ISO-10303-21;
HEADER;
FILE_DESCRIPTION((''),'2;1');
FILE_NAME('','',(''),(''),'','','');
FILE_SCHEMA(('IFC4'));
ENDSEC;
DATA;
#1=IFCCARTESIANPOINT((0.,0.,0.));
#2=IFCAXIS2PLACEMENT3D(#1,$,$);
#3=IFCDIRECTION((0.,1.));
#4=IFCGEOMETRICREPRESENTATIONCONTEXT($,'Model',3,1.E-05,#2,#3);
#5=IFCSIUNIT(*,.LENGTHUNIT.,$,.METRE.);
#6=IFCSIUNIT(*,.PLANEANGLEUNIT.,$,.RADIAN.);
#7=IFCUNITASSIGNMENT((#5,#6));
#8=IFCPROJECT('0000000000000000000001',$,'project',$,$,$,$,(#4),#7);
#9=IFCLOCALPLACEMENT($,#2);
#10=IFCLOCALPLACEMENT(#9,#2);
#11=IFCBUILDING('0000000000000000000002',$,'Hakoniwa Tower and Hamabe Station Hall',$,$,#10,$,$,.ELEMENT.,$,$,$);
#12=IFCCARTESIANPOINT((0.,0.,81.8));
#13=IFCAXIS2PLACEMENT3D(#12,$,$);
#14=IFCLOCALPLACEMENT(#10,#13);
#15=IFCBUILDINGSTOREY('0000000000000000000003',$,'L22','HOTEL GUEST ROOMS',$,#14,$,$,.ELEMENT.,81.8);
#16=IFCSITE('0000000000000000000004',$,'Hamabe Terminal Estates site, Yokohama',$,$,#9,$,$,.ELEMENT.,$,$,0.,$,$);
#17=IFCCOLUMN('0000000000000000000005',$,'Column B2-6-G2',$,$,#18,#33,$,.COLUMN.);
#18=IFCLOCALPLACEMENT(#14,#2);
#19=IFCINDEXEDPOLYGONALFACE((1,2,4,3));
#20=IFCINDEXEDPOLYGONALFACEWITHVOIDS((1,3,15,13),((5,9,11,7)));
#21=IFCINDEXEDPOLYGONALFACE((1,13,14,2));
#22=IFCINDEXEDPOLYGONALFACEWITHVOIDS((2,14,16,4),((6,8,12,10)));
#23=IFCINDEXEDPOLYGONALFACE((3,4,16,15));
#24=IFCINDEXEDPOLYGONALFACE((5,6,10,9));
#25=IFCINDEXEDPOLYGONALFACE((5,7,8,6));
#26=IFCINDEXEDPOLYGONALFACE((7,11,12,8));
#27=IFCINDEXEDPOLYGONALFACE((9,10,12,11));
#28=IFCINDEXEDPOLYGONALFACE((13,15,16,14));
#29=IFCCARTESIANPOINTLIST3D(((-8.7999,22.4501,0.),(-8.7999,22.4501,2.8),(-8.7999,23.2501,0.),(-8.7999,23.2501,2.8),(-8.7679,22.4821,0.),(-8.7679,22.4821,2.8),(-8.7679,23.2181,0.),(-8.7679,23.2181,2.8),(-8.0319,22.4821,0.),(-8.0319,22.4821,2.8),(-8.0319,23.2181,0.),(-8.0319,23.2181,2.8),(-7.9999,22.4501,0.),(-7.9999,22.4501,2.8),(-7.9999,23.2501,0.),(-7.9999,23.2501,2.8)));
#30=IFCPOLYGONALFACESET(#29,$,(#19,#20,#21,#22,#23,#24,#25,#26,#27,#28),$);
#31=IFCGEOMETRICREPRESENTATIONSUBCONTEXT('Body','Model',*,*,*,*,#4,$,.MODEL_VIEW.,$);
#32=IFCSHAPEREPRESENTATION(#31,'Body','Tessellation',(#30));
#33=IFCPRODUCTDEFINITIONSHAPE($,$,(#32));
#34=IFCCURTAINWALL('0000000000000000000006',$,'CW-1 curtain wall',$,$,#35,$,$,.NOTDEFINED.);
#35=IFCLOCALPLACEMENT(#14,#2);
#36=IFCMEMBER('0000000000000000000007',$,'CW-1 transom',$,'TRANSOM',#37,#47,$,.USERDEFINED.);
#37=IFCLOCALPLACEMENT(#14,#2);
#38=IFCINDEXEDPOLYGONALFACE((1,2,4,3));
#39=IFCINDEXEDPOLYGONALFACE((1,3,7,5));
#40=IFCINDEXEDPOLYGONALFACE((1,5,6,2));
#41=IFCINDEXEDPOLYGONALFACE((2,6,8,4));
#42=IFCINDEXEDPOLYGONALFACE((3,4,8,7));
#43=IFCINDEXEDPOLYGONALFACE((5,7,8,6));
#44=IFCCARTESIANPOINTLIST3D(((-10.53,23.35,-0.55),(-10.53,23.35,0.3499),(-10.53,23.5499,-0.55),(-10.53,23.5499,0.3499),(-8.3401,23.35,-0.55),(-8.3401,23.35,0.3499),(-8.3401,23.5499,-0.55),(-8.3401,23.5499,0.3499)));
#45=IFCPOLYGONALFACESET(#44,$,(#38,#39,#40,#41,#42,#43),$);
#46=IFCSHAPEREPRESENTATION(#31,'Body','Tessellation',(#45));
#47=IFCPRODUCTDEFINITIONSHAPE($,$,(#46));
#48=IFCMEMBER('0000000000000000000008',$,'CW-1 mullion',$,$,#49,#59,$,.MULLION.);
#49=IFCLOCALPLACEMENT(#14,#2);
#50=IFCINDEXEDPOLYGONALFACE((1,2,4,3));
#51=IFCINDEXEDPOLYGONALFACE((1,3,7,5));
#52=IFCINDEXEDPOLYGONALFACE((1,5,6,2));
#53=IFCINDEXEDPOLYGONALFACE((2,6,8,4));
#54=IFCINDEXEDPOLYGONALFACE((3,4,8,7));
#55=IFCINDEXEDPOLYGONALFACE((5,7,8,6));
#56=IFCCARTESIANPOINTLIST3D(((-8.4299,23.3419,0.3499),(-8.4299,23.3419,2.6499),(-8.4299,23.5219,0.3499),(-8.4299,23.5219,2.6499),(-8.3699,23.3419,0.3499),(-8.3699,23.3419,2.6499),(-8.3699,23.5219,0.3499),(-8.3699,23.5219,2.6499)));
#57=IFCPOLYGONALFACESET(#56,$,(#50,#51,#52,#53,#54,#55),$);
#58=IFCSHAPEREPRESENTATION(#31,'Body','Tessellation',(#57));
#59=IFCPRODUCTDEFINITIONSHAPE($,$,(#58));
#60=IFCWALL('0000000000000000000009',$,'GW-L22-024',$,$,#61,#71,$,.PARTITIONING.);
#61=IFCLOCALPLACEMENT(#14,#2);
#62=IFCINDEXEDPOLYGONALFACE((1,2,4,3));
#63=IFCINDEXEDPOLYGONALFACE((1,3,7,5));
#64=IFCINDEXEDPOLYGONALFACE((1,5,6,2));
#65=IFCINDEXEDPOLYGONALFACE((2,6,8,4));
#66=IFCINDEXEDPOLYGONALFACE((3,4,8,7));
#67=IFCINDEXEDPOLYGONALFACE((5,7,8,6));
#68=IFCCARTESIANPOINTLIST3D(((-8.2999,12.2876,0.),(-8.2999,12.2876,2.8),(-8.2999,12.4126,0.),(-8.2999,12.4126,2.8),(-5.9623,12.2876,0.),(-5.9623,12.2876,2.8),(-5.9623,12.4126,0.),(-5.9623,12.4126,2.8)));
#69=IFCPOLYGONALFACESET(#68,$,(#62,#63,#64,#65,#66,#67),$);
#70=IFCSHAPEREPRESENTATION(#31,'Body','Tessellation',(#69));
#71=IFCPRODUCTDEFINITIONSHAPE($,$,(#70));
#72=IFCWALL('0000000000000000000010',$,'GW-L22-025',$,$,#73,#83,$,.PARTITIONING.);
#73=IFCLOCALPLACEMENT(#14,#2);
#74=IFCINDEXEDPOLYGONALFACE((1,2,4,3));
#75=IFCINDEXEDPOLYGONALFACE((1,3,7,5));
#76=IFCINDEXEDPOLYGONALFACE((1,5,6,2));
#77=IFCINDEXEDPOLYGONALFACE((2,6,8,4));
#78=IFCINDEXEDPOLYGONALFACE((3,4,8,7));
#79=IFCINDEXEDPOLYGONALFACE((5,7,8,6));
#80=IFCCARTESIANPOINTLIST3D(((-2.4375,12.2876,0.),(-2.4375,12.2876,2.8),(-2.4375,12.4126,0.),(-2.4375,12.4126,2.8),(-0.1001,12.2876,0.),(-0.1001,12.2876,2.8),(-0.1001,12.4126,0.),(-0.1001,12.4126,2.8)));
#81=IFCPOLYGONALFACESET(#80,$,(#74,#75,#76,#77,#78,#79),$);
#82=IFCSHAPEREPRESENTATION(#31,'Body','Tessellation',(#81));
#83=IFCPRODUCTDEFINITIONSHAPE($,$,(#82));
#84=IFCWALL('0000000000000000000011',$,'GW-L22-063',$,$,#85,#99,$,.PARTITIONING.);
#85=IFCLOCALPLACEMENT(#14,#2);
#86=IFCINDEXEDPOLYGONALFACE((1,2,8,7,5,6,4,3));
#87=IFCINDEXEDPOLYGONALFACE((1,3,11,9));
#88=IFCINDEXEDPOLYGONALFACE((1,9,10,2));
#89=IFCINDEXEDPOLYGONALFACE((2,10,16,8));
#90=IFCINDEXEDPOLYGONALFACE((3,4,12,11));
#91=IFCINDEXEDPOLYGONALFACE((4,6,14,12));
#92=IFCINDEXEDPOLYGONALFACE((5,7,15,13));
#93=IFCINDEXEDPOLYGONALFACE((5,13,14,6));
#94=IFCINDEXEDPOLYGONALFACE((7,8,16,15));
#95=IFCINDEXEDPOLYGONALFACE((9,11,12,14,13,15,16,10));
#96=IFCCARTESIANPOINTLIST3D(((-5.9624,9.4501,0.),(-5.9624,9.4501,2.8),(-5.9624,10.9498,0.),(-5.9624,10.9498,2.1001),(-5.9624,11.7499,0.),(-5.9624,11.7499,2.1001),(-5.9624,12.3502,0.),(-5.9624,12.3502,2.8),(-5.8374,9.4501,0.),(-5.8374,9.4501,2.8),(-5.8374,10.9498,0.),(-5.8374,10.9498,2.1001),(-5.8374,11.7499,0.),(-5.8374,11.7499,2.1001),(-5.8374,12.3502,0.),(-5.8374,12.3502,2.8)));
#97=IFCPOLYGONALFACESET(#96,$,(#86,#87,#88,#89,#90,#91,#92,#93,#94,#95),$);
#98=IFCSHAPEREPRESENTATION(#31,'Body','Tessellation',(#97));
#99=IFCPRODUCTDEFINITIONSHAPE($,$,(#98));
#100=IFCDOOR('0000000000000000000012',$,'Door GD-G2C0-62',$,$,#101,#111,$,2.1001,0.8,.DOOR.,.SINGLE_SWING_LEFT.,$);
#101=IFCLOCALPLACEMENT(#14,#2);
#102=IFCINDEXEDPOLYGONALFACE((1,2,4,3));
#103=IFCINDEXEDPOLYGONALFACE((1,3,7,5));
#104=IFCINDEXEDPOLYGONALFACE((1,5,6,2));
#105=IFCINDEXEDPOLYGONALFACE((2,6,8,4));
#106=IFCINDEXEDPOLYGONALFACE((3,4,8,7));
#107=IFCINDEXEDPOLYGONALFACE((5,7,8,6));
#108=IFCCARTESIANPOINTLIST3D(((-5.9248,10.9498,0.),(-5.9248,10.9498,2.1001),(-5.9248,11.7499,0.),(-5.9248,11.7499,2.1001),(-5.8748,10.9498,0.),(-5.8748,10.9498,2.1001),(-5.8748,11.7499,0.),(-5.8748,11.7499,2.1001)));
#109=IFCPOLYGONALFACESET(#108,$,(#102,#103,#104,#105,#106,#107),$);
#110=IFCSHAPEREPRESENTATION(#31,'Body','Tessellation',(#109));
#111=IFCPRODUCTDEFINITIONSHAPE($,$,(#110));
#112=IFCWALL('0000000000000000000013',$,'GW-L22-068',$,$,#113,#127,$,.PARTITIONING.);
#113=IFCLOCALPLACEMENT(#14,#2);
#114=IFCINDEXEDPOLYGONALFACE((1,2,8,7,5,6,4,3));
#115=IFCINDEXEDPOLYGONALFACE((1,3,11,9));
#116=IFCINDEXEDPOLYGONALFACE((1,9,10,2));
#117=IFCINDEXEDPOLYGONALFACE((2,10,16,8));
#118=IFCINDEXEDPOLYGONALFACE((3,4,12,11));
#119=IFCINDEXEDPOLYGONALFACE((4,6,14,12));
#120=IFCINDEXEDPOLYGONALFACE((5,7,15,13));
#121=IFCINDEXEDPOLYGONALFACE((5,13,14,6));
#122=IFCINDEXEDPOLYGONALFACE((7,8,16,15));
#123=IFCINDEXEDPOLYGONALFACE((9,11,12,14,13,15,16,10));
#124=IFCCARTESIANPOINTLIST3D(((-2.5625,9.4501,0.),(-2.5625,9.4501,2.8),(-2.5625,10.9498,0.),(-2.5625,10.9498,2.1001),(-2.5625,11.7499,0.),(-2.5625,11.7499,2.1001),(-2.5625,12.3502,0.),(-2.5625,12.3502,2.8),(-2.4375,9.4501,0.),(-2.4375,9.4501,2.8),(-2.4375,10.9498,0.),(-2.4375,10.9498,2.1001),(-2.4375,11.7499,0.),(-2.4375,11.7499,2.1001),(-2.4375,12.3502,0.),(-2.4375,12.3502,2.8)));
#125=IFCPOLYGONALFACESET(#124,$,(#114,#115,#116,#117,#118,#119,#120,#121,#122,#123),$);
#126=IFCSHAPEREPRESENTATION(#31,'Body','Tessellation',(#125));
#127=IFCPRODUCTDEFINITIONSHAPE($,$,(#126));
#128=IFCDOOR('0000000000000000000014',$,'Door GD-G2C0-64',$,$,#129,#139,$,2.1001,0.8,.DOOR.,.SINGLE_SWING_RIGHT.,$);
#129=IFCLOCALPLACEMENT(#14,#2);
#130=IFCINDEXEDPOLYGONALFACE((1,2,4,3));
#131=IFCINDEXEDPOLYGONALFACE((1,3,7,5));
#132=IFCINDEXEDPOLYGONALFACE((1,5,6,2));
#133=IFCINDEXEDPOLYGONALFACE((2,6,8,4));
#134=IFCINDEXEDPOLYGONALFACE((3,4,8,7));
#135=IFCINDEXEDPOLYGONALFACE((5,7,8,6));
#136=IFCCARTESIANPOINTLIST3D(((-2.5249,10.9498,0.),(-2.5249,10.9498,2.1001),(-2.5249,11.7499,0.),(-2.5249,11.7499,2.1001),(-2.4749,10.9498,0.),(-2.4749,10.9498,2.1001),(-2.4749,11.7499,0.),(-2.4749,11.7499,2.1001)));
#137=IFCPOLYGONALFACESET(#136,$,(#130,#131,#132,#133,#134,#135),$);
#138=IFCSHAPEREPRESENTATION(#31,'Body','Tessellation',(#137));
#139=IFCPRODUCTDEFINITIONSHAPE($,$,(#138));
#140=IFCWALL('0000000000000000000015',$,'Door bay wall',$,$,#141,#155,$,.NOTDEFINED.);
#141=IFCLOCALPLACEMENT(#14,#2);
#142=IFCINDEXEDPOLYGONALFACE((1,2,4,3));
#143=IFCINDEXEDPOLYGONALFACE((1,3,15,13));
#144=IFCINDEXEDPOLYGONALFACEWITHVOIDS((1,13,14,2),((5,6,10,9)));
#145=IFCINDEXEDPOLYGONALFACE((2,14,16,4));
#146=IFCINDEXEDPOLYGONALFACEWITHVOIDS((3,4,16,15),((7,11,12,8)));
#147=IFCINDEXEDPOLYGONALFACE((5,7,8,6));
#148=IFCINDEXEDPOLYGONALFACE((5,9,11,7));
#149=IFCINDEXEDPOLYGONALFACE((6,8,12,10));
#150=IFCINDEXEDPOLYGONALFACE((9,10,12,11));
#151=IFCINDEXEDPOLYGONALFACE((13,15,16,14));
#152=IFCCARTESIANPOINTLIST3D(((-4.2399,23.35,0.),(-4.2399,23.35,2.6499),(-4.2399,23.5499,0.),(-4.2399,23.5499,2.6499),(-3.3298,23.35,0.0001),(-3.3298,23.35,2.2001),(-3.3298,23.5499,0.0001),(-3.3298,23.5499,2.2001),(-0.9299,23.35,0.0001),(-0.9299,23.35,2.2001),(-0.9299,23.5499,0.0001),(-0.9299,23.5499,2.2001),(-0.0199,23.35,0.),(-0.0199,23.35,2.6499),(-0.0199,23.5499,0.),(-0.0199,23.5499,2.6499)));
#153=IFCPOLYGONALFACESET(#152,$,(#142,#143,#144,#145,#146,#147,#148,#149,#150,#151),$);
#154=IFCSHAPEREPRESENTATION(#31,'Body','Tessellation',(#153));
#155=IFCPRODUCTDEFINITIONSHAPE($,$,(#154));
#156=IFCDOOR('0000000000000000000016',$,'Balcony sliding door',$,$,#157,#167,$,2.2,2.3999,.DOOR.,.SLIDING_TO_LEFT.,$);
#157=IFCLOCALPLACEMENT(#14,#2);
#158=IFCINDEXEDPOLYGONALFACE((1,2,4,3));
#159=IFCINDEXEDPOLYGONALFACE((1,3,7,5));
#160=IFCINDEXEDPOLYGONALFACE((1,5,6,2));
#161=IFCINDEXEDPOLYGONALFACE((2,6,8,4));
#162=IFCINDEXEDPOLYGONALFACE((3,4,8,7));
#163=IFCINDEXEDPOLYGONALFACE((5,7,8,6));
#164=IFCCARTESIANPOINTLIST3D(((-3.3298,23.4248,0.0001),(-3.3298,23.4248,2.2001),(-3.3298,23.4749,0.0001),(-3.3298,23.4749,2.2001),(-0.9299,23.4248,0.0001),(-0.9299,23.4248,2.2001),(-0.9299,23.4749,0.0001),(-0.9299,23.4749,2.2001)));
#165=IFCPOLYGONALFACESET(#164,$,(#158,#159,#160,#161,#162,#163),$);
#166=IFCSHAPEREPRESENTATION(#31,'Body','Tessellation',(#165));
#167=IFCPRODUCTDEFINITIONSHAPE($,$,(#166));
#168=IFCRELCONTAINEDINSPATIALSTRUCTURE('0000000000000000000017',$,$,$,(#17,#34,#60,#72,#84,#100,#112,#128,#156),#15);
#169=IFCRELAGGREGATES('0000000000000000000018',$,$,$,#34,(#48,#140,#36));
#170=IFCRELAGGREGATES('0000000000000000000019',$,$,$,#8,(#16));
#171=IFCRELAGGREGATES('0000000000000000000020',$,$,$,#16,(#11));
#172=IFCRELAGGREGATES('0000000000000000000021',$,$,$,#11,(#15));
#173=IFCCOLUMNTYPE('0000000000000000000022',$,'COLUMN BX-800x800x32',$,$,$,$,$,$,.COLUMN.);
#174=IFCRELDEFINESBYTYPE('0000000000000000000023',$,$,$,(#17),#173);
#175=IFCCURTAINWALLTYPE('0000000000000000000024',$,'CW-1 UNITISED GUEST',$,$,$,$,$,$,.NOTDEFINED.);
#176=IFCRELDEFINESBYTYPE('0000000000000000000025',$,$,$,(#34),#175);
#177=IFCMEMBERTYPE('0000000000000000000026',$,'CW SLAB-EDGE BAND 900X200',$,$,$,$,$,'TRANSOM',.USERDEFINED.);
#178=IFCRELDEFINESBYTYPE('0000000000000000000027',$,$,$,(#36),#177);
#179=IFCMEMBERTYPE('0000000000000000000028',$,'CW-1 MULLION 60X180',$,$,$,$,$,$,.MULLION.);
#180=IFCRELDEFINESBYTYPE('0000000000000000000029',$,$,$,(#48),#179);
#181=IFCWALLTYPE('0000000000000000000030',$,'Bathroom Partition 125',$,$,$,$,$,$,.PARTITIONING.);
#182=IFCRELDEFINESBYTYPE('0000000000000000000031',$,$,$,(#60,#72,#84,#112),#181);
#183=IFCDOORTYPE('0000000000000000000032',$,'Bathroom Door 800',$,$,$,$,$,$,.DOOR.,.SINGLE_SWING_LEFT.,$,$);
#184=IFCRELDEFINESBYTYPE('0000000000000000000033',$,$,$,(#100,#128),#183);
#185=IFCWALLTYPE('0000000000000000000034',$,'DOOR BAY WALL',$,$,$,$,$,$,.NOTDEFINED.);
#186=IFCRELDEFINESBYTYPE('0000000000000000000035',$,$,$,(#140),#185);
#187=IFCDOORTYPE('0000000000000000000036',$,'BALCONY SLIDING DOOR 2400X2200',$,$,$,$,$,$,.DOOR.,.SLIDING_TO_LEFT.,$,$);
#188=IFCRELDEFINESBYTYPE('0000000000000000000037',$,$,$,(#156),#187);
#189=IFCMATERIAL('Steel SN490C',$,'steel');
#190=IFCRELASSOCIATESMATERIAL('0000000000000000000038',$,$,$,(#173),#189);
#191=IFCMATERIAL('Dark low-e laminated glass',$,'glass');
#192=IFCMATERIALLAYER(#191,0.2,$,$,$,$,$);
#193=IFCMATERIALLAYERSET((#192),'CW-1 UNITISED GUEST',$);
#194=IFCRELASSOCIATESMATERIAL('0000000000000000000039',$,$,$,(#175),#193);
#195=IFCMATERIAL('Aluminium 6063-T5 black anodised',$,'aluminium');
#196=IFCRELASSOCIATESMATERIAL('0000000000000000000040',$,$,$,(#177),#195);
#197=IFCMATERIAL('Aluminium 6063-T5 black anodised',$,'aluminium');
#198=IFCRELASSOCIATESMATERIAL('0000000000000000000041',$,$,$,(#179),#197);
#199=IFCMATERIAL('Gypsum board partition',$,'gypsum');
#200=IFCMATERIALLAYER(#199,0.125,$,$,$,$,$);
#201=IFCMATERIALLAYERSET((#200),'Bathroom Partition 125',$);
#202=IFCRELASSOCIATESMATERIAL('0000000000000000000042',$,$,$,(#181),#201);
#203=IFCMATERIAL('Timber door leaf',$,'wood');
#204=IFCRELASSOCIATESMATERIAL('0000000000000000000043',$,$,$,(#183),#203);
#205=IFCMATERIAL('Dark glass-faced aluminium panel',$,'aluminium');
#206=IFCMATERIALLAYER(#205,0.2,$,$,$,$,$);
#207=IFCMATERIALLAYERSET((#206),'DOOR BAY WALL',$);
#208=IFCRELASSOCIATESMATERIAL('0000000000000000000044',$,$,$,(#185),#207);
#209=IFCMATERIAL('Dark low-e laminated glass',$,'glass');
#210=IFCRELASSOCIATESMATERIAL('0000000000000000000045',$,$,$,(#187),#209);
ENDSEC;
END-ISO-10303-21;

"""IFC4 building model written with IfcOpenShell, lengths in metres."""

from ifc_helpers import new_model, si_unit, direction, frame, frame_2d, origin, origin_2d, place, context, subcontext, project, spatial, rectangle, hollow_rectangle, extrude, material, layer, layer_set, material_profile, profile_set, type_object, element, fill, aggregate, save


model = new_model("IFC4")

# Units and contexts
model_context = context("Model", 3, precision=1e-05, world=origin(), true_north=direction((0.0, 1.0)))
body_context = subcontext(model_context, "Body", "Model", "MODEL_VIEW")
ifc_project = project(units=[si_unit("LENGTHUNIT", "METRE"), si_unit("PLANEANGLEUNIT", "RADIAN")], contexts=[model_context])

# Site, building, storey
site_placement = place(None, origin())
site = spatial("IfcSite", under=ifc_project, at=site_placement, Name="Hamabe Terminal Estates site, Yokohama", CompositionType="ELEMENT", RefElevation=0.0)
building_placement = place(site_placement, origin())
building = spatial("IfcBuilding", under=site, at=building_placement, Name="Hakoniwa Tower and Hamabe Station Hall", CompositionType="ELEMENT")
storey_placement = place(building_placement, frame((0.0, 0.0, 81.8)))
storey = spatial("IfcBuildingStorey", under=building, at=storey_placement, Name="L22", Description="HOTEL GUEST ROOMS", CompositionType="ELEMENT", Elevation=81.8)

# Column
ifc_material_1 = material(Name="Steel SN490C", Category="steel")
ifc_material_profile_1 = material_profile(ifc_material_1, hollow_rectangle(XDim=0.8, YDim=0.8, WallThickness=0.032, at=origin_2d()), Name="BX-800x800x32")
ifc_profile_set_1 = profile_set([ifc_material_profile_1], Name="Steel SN490C")
column_type = type_object("IfcColumnType", Name="COLUMN BX-800x800x32", PredefinedType="COLUMN", material=ifc_profile_set_1)
column_placement = place(storey_placement, frame((-8.3999, 22.8501, 0.0), z_axis=(0.0, 0.0, 1.0), x_axis=(1.0, 0.0, 0.0)))
element("IfcColumn", 1, at=column_placement, inside=storey, type_object=column_type, Name="Column B2-6-G2", PredefinedType="COLUMN", context=body_context, shape_type="SweptSolid", body=[
    extrude(hollow_rectangle(XDim=0.8, YDim=0.8, WallThickness=0.032, at=origin_2d()), origin(), (0.0, 0.0, 1.0), 2.8),
])

# Curtain wall, members
ifc_material_2 = material(Name="Dark low-e laminated glass", Category="glass")
ifc_layer_1 = layer(ifc_material_2, 0.2)
ifc_layer_set_1 = layer_set([ifc_layer_1], Name="CW-1 UNITISED GUEST")
curtain_wall_type = type_object("IfcCurtainWallType", Name="CW-1 UNITISED GUEST", PredefinedType="NOTDEFINED", material=ifc_layer_set_1)
curtain_wall_placement = place(storey_placement, origin())
curtain_wall = element("IfcCurtainWall", 2, at=curtain_wall_placement, inside=storey, type_object=curtain_wall_type, Name="CW-1 curtain wall", PredefinedType="NOTDEFINED")
ifc_material_3 = material(Name="Aluminium 6063-T5 black anodised", Category="aluminium")
ifc_material_profile_2 = material_profile(ifc_material_3, rectangle(XDim=0.2, YDim=0.8999, at=origin_2d()), Name="CW SLAB-EDGE BAND 900X200")
ifc_profile_set_2 = profile_set([ifc_material_profile_2], Name="Aluminium 6063-T5 black anodised")
member_type_1 = type_object("IfcMemberType", Name="CW SLAB-EDGE BAND 900X200", ElementType="TRANSOM", PredefinedType="USERDEFINED", material=ifc_profile_set_2)
member_1_placement = place(storey_placement, frame((-8.3401, 23.45, -0.1001), z_axis=(-1.0, 0.0, 0.0), x_axis=(0.0, -1.0, 0.0)))
member_1 = element("IfcMember", 3, at=member_1_placement, type_object=member_type_1, Name="CW-1 transom", ObjectType="TRANSOM", PredefinedType="USERDEFINED", context=body_context, shape_type="SweptSolid", body=[
    extrude(rectangle(XDim=0.2, YDim=0.8999, at=origin_2d()), origin(), (0.0, 0.0, 1.0), 2.1899),
])
ifc_material_4 = material(Name="Aluminium 6063-T5 black anodised", Category="aluminium")
ifc_material_profile_3 = material_profile(ifc_material_4, rectangle(XDim=0.0601, YDim=0.1799, at=origin_2d()), Name="CW-1 MULLION 60X180")
ifc_profile_set_3 = profile_set([ifc_material_profile_3], Name="Aluminium 6063-T5 black anodised")
member_type_2 = type_object("IfcMemberType", Name="CW-1 MULLION 60X180", PredefinedType="MULLION", material=ifc_profile_set_3)
member_2_placement = place(storey_placement, frame((-8.3999, 23.4319, 0.3499), z_axis=(0.0, 0.0, 1.0), x_axis=(-1.0, 0.0, 0.0)))
member_2 = element("IfcMember", 4, at=member_2_placement, type_object=member_type_2, Name="CW-1 mullion", PredefinedType="MULLION", context=body_context, shape_type="SweptSolid", body=[
    extrude(rectangle(XDim=0.0601, YDim=0.1799, at=origin_2d()), origin(), (0.0, 0.0, 1.0), 2.3),
])

# Walls
ifc_material_5 = material(Name="Gypsum board partition", Category="gypsum")
ifc_layer_2 = layer(ifc_material_5, 0.125)
ifc_layer_set_2 = layer_set([ifc_layer_2], Name="Bathroom Partition 125")
wall_type_1 = type_object("IfcWallType", Name="Bathroom Partition 125", PredefinedType="PARTITIONING", material=ifc_layer_set_2)
wall_1_placement = place(storey_placement, frame((-8.3, 12.3501, 0.0), z_axis=(0.0, 0.0, 1.0), x_axis=(1.0, 0.0, 0.0)))
element("IfcWall", 5, at=wall_1_placement, inside=storey, type_object=wall_type_1, Name="GW-L22-024", PredefinedType="PARTITIONING", context=body_context, shape_type="SweptSolid", body=[
    extrude(rectangle(XDim=2.3376, YDim=0.125, at=frame_2d((1.1689, 0.0))), origin(), (0.0, 0.0, 1.0), 2.8),
])
wall_2_placement = place(storey_placement, frame((-2.4375, 12.3501, 0.0), z_axis=(0.0, 0.0, 1.0), x_axis=(1.0, 0.0, 0.0)))
element("IfcWall", 6, at=wall_2_placement, inside=storey, type_object=wall_type_1, Name="GW-L22-025", PredefinedType="PARTITIONING", context=body_context, shape_type="SweptSolid", body=[
    extrude(rectangle(XDim=2.3374, YDim=0.125, at=frame_2d((1.1687, 0.0))), origin(), (0.0, 0.0, 1.0), 2.8),
])

# Walls, openings, doors
wall_3_placement = place(storey_placement, frame((-5.8999, 9.45, 0.0), z_axis=(0.0, 0.0, 1.0), x_axis=(0.0, 1.0, 0.0)))
wall_3 = element("IfcWall", 7, at=wall_3_placement, inside=storey, type_object=wall_type_1, Name="GW-L22-063", PredefinedType="PARTITIONING", context=body_context, shape_type="SweptSolid", body=[
    extrude(rectangle(XDim=2.9001, YDim=0.125, at=frame_2d((1.4502, 0.0))), origin(), (0.0, 0.0, 1.0), 2.8),
])
opening_1_placement = place(wall_3_placement, frame((1.5, 0.0, 0.0)))
opening_1 = element("IfcOpeningElement", 8, at=opening_1_placement, cuts=wall_3, PredefinedType="OPENING", context=body_context, shape_type="SweptSolid", body=[
    extrude(rectangle(XDim=0.8, YDim=2.1001, at=frame_2d((0.3999, 1.05))), frame((0.0, 0.0725, 0.0), z_axis=(0.0, -1.0, 0.0), x_axis=(1.0, 0.0, 0.0)), (0.0, 0.0, 1.0), 0.145),
])
ifc_material_6 = material(Name="Timber door leaf", Category="wood")
door_type_1 = type_object("IfcDoorType", Name="Bathroom Door 800", OperationType="SINGLE_SWING_LEFT", PredefinedType="DOOR", material=ifc_material_6)
door_1_placement = place(opening_1_placement, origin())
door_1 = element("IfcDoor", 9, at=door_1_placement, inside=storey, type_object=door_type_1, Name="Door GD-G2C0-62", OperationType="SINGLE_SWING_LEFT", OverallHeight=2.1001, OverallWidth=0.8, PredefinedType="DOOR", context=body_context, shape_type="SweptSolid", body=[
    extrude(rectangle(XDim=0.8, YDim=2.1001, at=frame_2d((0.3999, 1.05))), frame((0.0, 0.0249, 0.0), z_axis=(0.0, -1.0, 0.0), x_axis=(1.0, 0.0, 0.0)), (0.0, 0.0, 1.0), 0.05),
])
fill(opening_1, door_1)
wall_4_placement = place(storey_placement, frame((-2.5, 9.45, 0.0), z_axis=(0.0, 0.0, 1.0), x_axis=(0.0, 1.0, 0.0)))
wall_4 = element("IfcWall", 10, at=wall_4_placement, inside=storey, type_object=wall_type_1, Name="GW-L22-068", PredefinedType="PARTITIONING", context=body_context, shape_type="SweptSolid", body=[
    extrude(rectangle(XDim=2.9001, YDim=0.125, at=frame_2d((1.4502, 0.0))), origin(), (0.0, 0.0, 1.0), 2.8),
])
opening_2_placement = place(wall_4_placement, frame((1.5, 0.0, 0.0)))
opening_2 = element("IfcOpeningElement", 11, at=opening_2_placement, cuts=wall_4, PredefinedType="OPENING", context=body_context, shape_type="SweptSolid", body=[
    extrude(rectangle(XDim=0.8, YDim=2.1001, at=frame_2d((0.3999, 1.05))), frame((0.0, 0.0725, 0.0), z_axis=(0.0, -1.0, 0.0), x_axis=(1.0, 0.0, 0.0)), (0.0, 0.0, 1.0), 0.145),
])
door_2_placement = place(opening_2_placement, origin())
door_2 = element("IfcDoor", 12, at=door_2_placement, inside=storey, type_object=door_type_1, Name="Door GD-G2C0-64", OperationType="SINGLE_SWING_RIGHT", OverallHeight=2.1001, OverallWidth=0.8, PredefinedType="DOOR", context=body_context, shape_type="SweptSolid", body=[
    extrude(rectangle(XDim=0.8, YDim=2.1001, at=frame_2d((0.3999, 1.05))), frame((0.0, 0.0249, 0.0), z_axis=(0.0, -1.0, 0.0), x_axis=(1.0, 0.0, 0.0)), (0.0, 0.0, 1.0), 0.05),
])
fill(opening_2, door_2)
ifc_material_7 = material(Name="Dark glass-faced aluminium panel", Category="aluminium")
ifc_layer_3 = layer(ifc_material_7, 0.2)
ifc_layer_set_3 = layer_set([ifc_layer_3], Name="DOOR BAY WALL")
wall_type_2 = type_object("IfcWallType", Name="DOOR BAY WALL", PredefinedType="NOTDEFINED", material=ifc_layer_set_3)
wall_5_placement = place(storey_placement, frame((-0.02, 23.45, 0.0), z_axis=(0.0, 0.0, 1.0), x_axis=(-1.0, 0.0, 0.0)))
wall_5 = element("IfcWall", 13, at=wall_5_placement, type_object=wall_type_2, Name="Door bay wall", PredefinedType="NOTDEFINED", context=body_context, shape_type="SweptSolid", body=[
    extrude(rectangle(XDim=4.22, YDim=0.2, at=frame_2d((2.1099, 0.0))), origin(), (0.0, 0.0, 1.0), 2.6499),
])
opening_3_placement = place(wall_5_placement, frame((0.9099, 0.0, 0.0)))
opening_3 = element("IfcOpeningElement", 14, at=opening_3_placement, cuts=wall_5, PredefinedType="OPENING", context=body_context, shape_type="SweptSolid", body=[
    extrude(rectangle(XDim=2.3999, YDim=2.2, at=frame_2d((1.2, 1.1001))), frame((0.0, 0.1099, 0.0), z_axis=(0.0, -1.0, 0.0), x_axis=(1.0, 0.0, 0.0)), (0.0, 0.0, 1.0), 0.22),
])
ifc_material_8 = material(Name="Dark low-e laminated glass", Category="glass")
door_type_2 = type_object("IfcDoorType", Name="BALCONY SLIDING DOOR 2400X2200", OperationType="SLIDING_TO_LEFT", PredefinedType="DOOR", material=ifc_material_8)
door_3_placement = place(opening_3_placement, frame((2.3999, 0.0, 0.0), z_axis=(0.0, 0.0, 1.0), x_axis=(-1.0, 0.0, 0.0)))
door_3 = element("IfcDoor", 15, at=door_3_placement, inside=storey, type_object=door_type_2, Name="Balcony sliding door", OperationType="SLIDING_TO_LEFT", OverallHeight=2.2, OverallWidth=2.3999, PredefinedType="DOOR", context=body_context, shape_type="SweptSolid", body=[
    extrude(rectangle(XDim=2.3999, YDim=2.2, at=frame_2d((1.2, 1.1001))), frame((0.0, 0.0249, 0.0), z_axis=(0.0, -1.0, 0.0), x_axis=(1.0, 0.0, 0.0)), (0.0, 0.0, 1.0), 0.05),
])
fill(opening_3, door_3)
aggregate(curtain_wall, [member_2, wall_5, member_1])

save(model, "model.ifc")
